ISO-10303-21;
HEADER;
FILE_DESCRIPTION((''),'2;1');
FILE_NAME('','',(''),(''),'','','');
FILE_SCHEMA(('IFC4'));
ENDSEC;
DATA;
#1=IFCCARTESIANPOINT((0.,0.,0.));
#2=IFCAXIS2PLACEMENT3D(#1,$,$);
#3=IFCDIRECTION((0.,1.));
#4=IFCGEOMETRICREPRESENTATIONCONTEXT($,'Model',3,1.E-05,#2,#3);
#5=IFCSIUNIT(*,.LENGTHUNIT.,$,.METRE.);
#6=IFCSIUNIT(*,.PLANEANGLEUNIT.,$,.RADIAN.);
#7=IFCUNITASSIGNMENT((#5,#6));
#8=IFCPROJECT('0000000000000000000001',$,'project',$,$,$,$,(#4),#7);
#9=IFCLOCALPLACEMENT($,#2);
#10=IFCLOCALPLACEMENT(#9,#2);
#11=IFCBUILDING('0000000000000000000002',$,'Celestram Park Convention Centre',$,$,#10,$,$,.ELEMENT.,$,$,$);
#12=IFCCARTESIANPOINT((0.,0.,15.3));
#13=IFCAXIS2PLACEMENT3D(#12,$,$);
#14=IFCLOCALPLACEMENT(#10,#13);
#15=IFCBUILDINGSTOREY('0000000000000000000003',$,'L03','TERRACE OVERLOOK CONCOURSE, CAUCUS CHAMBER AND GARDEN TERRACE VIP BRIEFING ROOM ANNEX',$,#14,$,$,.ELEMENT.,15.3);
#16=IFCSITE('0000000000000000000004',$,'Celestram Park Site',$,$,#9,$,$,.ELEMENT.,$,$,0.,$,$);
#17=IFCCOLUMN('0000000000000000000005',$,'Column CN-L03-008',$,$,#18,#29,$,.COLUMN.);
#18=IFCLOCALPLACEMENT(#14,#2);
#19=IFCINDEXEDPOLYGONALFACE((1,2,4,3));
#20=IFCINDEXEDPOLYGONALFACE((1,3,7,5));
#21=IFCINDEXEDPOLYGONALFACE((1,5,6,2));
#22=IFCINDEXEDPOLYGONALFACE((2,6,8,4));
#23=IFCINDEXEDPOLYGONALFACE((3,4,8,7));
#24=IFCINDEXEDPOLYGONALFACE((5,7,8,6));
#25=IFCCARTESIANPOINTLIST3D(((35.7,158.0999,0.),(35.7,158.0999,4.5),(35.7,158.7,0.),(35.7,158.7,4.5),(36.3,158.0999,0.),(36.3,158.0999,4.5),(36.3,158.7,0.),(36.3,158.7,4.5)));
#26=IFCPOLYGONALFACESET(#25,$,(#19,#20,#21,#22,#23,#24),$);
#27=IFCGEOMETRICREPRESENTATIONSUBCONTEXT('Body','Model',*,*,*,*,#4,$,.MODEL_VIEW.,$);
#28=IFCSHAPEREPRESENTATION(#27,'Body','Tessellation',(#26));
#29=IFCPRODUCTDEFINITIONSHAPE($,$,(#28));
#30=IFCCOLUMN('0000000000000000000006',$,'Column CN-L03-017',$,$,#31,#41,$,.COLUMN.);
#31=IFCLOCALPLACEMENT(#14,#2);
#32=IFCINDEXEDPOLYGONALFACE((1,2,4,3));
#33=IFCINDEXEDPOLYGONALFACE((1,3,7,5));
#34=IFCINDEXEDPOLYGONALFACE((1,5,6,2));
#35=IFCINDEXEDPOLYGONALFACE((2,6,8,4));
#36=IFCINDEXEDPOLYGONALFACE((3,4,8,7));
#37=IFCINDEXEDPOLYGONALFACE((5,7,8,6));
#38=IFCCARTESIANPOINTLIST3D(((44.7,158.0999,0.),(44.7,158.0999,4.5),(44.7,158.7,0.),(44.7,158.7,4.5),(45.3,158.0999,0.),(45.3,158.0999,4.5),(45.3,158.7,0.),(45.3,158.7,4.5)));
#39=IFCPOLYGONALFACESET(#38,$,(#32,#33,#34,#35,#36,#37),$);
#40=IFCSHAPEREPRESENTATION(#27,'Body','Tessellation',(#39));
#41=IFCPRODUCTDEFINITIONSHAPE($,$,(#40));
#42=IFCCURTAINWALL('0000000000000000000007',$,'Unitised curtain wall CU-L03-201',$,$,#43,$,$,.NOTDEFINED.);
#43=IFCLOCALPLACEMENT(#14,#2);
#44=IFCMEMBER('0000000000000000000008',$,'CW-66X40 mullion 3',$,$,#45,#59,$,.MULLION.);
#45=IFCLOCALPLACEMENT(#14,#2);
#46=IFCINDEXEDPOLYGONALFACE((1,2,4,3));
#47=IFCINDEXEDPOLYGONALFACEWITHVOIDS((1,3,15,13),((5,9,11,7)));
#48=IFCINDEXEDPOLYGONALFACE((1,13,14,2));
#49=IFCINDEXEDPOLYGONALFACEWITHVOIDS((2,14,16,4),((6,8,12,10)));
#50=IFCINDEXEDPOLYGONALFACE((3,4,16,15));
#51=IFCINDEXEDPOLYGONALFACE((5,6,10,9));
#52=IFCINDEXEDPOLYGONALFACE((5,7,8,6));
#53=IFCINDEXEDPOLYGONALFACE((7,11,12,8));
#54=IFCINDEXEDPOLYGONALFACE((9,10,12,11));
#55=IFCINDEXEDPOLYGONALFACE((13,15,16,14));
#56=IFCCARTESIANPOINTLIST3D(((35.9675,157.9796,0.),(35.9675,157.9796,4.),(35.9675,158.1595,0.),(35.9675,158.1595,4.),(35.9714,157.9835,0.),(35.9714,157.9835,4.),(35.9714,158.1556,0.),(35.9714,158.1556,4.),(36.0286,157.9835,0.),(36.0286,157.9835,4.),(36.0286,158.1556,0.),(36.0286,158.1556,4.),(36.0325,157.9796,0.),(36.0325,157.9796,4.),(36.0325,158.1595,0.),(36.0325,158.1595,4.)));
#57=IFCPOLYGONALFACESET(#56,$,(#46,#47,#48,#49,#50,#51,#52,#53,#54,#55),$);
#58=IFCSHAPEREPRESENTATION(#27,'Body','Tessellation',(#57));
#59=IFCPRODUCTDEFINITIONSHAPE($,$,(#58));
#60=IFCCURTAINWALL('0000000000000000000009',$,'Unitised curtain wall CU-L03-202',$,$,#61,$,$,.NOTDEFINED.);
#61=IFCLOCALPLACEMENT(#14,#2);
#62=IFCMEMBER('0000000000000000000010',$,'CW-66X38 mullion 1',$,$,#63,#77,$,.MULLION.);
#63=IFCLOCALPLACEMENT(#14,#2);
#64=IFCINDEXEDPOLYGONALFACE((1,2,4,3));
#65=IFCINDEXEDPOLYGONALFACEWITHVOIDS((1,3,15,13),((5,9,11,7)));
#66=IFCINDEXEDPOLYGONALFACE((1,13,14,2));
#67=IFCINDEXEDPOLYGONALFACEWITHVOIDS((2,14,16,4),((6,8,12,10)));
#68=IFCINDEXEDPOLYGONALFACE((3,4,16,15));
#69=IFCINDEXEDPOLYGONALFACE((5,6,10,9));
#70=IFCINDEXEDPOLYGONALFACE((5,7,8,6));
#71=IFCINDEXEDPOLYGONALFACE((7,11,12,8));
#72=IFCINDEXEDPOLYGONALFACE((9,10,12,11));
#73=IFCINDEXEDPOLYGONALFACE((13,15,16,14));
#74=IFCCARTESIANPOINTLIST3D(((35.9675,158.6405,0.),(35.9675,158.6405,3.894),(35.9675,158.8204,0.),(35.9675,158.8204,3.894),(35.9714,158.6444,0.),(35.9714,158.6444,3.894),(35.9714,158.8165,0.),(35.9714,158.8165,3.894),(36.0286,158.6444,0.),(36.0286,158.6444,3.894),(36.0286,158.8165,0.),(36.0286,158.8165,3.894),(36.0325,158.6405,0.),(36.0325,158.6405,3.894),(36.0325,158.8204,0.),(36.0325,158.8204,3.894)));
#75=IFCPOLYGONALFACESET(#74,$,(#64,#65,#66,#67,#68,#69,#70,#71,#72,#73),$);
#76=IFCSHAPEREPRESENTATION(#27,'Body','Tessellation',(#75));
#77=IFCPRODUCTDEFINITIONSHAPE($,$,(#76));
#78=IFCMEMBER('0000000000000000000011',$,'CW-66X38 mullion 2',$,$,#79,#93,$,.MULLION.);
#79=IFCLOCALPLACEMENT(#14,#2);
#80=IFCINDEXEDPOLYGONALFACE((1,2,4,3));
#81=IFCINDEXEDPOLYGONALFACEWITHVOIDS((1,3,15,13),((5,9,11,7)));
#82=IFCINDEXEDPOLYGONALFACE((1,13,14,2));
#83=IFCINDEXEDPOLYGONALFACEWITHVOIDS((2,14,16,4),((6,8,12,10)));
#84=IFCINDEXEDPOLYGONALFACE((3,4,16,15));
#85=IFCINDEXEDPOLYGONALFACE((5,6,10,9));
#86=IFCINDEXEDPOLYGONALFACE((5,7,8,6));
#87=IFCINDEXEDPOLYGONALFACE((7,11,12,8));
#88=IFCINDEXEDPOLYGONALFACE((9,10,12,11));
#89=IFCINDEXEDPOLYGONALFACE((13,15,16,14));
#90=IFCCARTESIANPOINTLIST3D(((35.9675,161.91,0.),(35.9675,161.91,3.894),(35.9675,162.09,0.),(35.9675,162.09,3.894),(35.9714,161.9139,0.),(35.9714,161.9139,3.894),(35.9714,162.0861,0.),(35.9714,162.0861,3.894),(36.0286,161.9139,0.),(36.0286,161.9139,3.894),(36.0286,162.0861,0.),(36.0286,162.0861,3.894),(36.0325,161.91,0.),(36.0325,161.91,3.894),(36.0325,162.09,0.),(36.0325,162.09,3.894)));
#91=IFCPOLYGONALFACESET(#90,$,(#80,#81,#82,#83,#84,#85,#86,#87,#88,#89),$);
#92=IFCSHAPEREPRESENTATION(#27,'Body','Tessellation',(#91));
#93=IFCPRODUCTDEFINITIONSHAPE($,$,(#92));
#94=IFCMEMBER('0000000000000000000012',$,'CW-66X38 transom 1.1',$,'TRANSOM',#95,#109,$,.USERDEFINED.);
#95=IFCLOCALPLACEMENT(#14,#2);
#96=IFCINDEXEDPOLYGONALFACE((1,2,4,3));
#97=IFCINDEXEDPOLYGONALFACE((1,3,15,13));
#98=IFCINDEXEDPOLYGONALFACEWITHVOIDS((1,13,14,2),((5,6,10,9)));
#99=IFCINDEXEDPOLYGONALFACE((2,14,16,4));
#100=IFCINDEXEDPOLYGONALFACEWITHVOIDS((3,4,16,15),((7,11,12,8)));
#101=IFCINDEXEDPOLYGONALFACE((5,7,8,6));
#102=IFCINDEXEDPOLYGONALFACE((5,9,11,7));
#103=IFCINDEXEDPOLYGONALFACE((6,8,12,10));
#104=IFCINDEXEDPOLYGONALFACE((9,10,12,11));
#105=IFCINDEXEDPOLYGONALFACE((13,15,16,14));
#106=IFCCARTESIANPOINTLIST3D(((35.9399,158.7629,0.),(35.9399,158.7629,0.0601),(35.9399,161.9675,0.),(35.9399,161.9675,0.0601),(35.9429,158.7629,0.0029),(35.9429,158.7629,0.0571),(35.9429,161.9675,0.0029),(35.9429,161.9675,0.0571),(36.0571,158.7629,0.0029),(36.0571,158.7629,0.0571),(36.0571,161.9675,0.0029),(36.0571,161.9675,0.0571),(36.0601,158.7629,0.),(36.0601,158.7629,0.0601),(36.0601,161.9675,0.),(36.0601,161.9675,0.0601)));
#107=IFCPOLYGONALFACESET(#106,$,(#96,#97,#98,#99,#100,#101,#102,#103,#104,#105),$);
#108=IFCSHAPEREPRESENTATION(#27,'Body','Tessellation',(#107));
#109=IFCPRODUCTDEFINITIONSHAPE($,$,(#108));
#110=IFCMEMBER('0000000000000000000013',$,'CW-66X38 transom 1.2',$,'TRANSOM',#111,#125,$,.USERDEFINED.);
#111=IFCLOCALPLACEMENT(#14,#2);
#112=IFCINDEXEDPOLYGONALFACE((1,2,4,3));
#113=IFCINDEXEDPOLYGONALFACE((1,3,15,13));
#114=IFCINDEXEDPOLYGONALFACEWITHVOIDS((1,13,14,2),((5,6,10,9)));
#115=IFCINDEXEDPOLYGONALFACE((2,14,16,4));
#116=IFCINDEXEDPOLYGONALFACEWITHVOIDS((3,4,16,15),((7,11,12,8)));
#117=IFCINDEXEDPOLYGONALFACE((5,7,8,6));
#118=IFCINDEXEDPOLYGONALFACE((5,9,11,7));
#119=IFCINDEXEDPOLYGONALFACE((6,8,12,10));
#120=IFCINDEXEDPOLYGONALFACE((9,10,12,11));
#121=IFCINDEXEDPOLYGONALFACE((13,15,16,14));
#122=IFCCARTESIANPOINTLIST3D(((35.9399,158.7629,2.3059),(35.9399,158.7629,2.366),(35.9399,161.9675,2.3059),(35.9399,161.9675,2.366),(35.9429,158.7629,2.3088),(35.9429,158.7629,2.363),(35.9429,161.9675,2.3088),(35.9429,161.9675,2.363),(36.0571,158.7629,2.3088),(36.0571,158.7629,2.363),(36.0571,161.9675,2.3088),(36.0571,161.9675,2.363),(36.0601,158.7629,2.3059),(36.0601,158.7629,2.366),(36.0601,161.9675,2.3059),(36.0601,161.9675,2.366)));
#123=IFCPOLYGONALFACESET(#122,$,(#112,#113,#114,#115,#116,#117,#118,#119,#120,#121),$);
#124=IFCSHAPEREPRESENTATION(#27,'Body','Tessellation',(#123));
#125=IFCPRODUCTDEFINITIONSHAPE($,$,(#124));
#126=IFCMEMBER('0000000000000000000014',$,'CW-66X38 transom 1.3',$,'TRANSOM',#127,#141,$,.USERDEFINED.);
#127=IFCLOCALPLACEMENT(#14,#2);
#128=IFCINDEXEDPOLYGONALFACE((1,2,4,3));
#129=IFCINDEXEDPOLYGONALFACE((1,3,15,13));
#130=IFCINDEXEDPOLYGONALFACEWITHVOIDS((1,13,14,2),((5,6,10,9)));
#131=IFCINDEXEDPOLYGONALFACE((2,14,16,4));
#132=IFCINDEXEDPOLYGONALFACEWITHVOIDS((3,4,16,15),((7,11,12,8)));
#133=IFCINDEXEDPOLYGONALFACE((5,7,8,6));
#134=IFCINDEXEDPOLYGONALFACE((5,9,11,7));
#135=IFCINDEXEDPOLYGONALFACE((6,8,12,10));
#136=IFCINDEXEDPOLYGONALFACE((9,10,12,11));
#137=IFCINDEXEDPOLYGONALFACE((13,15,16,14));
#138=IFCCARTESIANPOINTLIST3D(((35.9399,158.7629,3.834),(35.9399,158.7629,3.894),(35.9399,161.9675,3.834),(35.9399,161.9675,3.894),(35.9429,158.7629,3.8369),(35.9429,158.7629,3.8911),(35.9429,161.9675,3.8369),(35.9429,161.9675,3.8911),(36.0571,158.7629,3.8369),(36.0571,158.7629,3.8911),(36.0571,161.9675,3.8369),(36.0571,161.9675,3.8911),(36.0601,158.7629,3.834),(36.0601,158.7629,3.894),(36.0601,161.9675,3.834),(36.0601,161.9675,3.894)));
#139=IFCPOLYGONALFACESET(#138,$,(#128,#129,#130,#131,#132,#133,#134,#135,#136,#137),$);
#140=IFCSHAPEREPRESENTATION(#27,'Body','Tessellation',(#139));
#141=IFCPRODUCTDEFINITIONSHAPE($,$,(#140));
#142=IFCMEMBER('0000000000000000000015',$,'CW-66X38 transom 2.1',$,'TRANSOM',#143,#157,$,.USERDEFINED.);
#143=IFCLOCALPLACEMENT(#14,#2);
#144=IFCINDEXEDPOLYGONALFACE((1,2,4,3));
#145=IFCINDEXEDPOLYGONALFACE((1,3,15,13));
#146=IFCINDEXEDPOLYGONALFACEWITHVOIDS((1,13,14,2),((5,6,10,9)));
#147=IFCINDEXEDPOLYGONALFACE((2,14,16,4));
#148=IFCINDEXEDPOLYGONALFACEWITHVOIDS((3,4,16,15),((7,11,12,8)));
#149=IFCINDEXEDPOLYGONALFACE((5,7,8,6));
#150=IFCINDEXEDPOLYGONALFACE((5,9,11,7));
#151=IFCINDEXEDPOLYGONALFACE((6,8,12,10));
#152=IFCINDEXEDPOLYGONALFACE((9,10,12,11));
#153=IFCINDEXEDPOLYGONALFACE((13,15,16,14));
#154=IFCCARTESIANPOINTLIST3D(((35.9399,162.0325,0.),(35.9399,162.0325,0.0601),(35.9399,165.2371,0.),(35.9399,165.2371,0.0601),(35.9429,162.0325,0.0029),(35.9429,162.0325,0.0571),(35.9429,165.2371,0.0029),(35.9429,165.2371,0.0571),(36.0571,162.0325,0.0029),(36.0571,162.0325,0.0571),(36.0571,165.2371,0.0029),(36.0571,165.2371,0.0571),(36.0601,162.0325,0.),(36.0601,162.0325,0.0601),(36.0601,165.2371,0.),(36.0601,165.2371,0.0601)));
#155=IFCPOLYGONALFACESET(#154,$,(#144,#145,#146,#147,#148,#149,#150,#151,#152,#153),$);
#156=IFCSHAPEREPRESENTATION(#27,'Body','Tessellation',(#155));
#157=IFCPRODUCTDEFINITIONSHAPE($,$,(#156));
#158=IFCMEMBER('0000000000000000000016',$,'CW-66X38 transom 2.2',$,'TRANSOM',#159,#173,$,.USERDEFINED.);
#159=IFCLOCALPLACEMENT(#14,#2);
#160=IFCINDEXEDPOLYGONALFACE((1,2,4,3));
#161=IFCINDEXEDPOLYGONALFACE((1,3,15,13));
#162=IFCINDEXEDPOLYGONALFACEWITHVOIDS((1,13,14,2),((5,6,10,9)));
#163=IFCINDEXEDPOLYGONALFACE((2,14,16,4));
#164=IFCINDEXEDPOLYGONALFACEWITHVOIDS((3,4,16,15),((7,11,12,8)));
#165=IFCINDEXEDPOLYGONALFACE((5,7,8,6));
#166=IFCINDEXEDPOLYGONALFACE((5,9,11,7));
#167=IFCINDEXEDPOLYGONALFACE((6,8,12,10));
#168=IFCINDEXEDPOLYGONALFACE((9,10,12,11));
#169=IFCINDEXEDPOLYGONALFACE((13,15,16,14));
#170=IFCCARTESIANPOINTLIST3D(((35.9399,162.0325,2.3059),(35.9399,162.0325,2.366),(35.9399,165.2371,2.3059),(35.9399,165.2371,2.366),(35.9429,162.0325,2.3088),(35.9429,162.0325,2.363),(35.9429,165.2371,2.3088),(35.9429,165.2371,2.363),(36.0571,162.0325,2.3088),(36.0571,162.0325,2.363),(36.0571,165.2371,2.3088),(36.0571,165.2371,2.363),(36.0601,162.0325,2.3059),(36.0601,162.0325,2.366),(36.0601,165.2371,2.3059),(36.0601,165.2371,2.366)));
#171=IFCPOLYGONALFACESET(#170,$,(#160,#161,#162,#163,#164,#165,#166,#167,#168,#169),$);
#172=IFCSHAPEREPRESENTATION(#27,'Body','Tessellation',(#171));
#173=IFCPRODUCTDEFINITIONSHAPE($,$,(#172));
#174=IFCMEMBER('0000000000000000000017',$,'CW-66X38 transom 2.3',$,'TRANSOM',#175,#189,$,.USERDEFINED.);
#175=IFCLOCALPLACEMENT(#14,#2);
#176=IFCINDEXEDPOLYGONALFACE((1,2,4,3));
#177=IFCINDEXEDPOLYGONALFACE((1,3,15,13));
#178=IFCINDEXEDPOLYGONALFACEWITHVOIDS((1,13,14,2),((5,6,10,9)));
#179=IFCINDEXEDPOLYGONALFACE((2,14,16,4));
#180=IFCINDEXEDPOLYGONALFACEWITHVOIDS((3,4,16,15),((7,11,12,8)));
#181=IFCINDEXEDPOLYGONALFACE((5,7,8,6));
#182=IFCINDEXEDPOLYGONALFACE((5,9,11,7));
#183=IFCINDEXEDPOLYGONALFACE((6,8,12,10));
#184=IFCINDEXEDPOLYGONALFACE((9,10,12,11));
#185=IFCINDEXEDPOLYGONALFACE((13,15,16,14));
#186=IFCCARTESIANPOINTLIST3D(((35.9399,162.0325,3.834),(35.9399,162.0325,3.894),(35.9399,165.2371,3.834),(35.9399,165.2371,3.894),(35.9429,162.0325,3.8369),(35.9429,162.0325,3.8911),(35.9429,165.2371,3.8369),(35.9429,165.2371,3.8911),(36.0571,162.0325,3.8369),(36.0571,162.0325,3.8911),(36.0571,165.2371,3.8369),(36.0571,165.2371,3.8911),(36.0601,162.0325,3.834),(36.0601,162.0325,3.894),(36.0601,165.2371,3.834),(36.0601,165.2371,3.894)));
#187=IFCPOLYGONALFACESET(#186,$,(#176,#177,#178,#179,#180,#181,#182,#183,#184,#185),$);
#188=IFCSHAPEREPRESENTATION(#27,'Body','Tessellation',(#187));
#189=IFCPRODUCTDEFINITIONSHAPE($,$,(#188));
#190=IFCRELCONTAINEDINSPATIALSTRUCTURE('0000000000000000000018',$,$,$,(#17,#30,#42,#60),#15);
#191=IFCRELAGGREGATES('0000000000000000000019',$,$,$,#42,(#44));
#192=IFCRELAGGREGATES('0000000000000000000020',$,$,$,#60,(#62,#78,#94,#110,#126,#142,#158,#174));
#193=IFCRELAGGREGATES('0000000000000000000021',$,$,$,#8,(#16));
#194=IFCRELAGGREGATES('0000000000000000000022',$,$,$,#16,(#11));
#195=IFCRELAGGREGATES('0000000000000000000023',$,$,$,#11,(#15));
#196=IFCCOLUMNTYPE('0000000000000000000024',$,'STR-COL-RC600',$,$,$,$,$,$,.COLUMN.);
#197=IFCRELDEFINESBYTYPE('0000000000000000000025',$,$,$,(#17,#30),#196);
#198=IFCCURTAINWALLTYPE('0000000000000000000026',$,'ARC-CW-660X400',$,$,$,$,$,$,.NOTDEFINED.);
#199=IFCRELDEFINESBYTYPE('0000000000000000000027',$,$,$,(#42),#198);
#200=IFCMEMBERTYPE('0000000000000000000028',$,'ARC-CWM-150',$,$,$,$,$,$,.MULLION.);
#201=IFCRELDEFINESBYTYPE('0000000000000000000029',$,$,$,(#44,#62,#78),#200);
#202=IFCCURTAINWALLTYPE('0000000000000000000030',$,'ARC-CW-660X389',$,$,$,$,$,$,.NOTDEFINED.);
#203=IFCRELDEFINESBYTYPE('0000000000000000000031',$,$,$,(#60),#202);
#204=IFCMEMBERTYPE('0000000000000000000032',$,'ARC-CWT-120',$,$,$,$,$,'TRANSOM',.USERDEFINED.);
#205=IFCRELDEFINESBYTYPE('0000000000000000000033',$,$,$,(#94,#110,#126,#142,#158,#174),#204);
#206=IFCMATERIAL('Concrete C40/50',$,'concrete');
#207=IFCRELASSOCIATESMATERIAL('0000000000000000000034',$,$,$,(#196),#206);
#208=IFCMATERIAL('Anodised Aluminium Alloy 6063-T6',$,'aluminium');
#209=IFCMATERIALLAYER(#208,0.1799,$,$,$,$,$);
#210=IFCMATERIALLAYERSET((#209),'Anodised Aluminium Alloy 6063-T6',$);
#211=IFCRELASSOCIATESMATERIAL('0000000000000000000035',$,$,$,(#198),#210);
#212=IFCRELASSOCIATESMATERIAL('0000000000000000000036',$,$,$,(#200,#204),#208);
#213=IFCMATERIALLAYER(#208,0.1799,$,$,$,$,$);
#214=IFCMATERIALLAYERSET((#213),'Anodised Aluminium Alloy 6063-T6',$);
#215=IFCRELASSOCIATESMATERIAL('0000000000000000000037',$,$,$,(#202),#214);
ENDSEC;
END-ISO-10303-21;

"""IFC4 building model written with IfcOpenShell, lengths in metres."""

from ifc_helpers import new_model, si_unit, direction, frame, origin, origin_2d, place, context, subcontext, project, spatial, rectangle, hollow_rectangle, extrude, material, layer, layer_set, material_profile, profile_set, type_object, element, aggregate, save


model = new_model("IFC4")

# Units and contexts
model_context = context("Model", 3, precision=1e-05, world=origin(), true_north=direction((0.0, 1.0)))
body_context = subcontext(model_context, "Body", "Model", "MODEL_VIEW")
ifc_project = project(units=[si_unit("LENGTHUNIT", "METRE"), si_unit("PLANEANGLEUNIT", "RADIAN")], contexts=[model_context])

# Site, building, storey
site_placement = place(None, origin())
site = spatial("IfcSite", under=ifc_project, at=site_placement, Name="Celestram Park Site", CompositionType="ELEMENT", RefElevation=0.0)
building_placement = place(site_placement, origin())
building = spatial("IfcBuilding", under=site, at=building_placement, Name="Celestram Park Convention Centre", CompositionType="ELEMENT")
storey_placement = place(building_placement, frame((0.0, 0.0, 15.3)))
storey = spatial("IfcBuildingStorey", under=building, at=storey_placement, Name="L03", Description="TERRACE OVERLOOK CONCOURSE, CAUCUS CHAMBER AND GARDEN TERRACE VIP BRIEFING ROOM ANNEX", CompositionType="ELEMENT", Elevation=15.3)

# Columns
ifc_material_1 = material(Name="Concrete C40/50", Category="concrete")
ifc_material_profile_1 = material_profile(ifc_material_1, rectangle(XDim=0.6001, YDim=0.6001, at=origin_2d()), Name="RC600X600")
ifc_profile_set_1 = profile_set([ifc_material_profile_1], Name="Concrete C40/50")
column_type = type_object("IfcColumnType", Name="STR-COL-RC600", PredefinedType="COLUMN", material=ifc_profile_set_1)
for number, where, z_axis, x_axis, name in (
    (1, (36.0, 158.3999, 0.0), (0.0, 0.0, 1.0), (1.0, 0.0, 0.0), "Column CN-L03-008"),
    (2, (45.0, 158.3999, 0.0), (0.0, 0.0, 1.0), (1.0, 0.0, 0.0), "Column CN-L03-017"),
):
    element("IfcColumn", number, at=place(storey_placement, frame(where, z_axis=z_axis, x_axis=x_axis)), inside=storey, type_object=column_type, Name=name, PredefinedType="COLUMN", context=body_context, shape_type="SweptSolid", body=[
        extrude(rectangle(XDim=0.6001, YDim=0.6001, at=origin_2d()), origin(), (0.0, 0.0, 1.0), 4.5),
    ])

# Curtain wall, member
ifc_material_2 = material(Name="Anodised Aluminium Alloy 6063-T6", Category="aluminium")
ifc_layer_1 = layer(ifc_material_2, 0.1799)
ifc_layer_set_1 = layer_set([ifc_layer_1], Name="Anodised Aluminium Alloy 6063-T6")
curtain_wall_type_1 = type_object("IfcCurtainWallType", Name="ARC-CW-660X400", PredefinedType="NOTDEFINED", material=ifc_layer_set_1)
curtain_wall_1_placement = place(storey_placement, origin())
curtain_wall_1 = element("IfcCurtainWall", 3, at=curtain_wall_1_placement, inside=storey, type_object=curtain_wall_type_1, Name="Unitised curtain wall CU-L03-201", PredefinedType="NOTDEFINED")
ifc_material_profile_2 = material_profile(ifc_material_2, hollow_rectangle(XDim=0.0649, YDim=0.1799, WallThickness=0.0039, at=origin_2d()), Name="ALU65X180X4")
ifc_profile_set_2 = profile_set([ifc_material_profile_2], Name="Anodised Aluminium Alloy 6063-T6")
member_type_1 = type_object("IfcMemberType", Name="ARC-CWM-150", PredefinedType="MULLION", material=ifc_profile_set_2)
member_1_placement = place(storey_placement, frame((36.0, 158.0696, 0.0), z_axis=(0.0, 0.0, 1.0), x_axis=(-1.0, 0.0, 0.0)))
member_1 = element("IfcMember", 4, at=member_1_placement, type_object=member_type_1, Name="CW-66X40 mullion 3", PredefinedType="MULLION", context=body_context, shape_type="SweptSolid", body=[
    extrude(hollow_rectangle(XDim=0.0649, YDim=0.1799, WallThickness=0.0039, at=origin_2d()), origin(), (0.0, 0.0, 1.0), 4.0),
])

# Curtain wall, members
ifc_layer_2 = layer(ifc_material_2, 0.1799)
ifc_layer_set_2 = layer_set([ifc_layer_2], Name="Anodised Aluminium Alloy 6063-T6")
curtain_wall_type_2 = type_object("IfcCurtainWallType", Name="ARC-CW-660X389", PredefinedType="NOTDEFINED", material=ifc_layer_set_2)
curtain_wall_2_placement = place(storey_placement, origin())
curtain_wall_2 = element("IfcCurtainWall", 5, at=curtain_wall_2_placement, inside=storey, type_object=curtain_wall_type_2, Name="Unitised curtain wall CU-L03-202", PredefinedType="NOTDEFINED")
member_2_placement = place(storey_placement, frame((36.0, 158.7305, 0.0), z_axis=(0.0, 0.0, 1.0), x_axis=(-1.0, 0.0, 0.0)))
member_2 = element("IfcMember", 6, at=member_2_placement, type_object=member_type_1, Name="CW-66X38 mullion 1", PredefinedType="MULLION", context=body_context, shape_type="SweptSolid", body=[
    extrude(hollow_rectangle(XDim=0.0649, YDim=0.1799, WallThickness=0.0039, at=origin_2d()), origin(), (0.0, 0.0, 1.0), 3.894),
])
member_3_placement = place(storey_placement, frame((36.0, 162.0, 0.0), z_axis=(0.0, 0.0, 1.0), x_axis=(-1.0, 0.0, 0.0)))
member_3 = element("IfcMember", 7, at=member_3_placement, type_object=member_type_1, Name="CW-66X38 mullion 2", PredefinedType="MULLION", context=body_context, shape_type="SweptSolid", body=[
    extrude(hollow_rectangle(XDim=0.0649, YDim=0.1799, WallThickness=0.0039, at=origin_2d()), origin(), (0.0, 0.0, 1.0), 3.894),
])
ifc_material_profile_3 = material_profile(ifc_material_2, hollow_rectangle(XDim=0.1201, YDim=0.0601, WallThickness=0.0029, at=origin_2d()), Name="ALU120X60X3")
ifc_profile_set_3 = profile_set([ifc_material_profile_3], Name="Anodised Aluminium Alloy 6063-T6")
member_type_2 = type_object("IfcMemberType", Name="ARC-CWT-120", ElementType="TRANSOM", PredefinedType="USERDEFINED", material=ifc_profile_set_3)
member_4_placement = place(storey_placement, frame((36.0, 158.7629, 0.03), z_axis=(0.0, 1.0, 0.0), x_axis=(-1.0, 0.0, 0.0)))
member_4 = element("IfcMember", 8, at=member_4_placement, type_object=member_type_2, Name="CW-66X38 transom 1.1", ObjectType="TRANSOM", PredefinedType="USERDEFINED", context=body_context, shape_type="SweptSolid", body=[
    extrude(hollow_rectangle(XDim=0.1201, YDim=0.0601, WallThickness=0.0029, at=origin_2d()), origin(), (0.0, 0.0, 1.0), 3.2046),
])
member_5_placement = place(storey_placement, frame((36.0, 158.7629, 2.3359), z_axis=(0.0, 1.0, 0.0), x_axis=(-1.0, 0.0, 0.0)))
member_5 = element("IfcMember", 9, at=member_5_placement, type_object=member_type_2, Name="CW-66X38 transom 1.2", ObjectType="TRANSOM", PredefinedType="USERDEFINED", context=body_context, shape_type="SweptSolid", body=[
    extrude(hollow_rectangle(XDim=0.1201, YDim=0.0601, WallThickness=0.0029, at=origin_2d()), origin(), (0.0, 0.0, 1.0), 3.2046),
])
member_6_placement = place(storey_placement, frame((36.0, 158.7629, 3.864), z_axis=(0.0, 1.0, 0.0), x_axis=(-1.0, 0.0, 0.0)))
member_6 = element("IfcMember", 10, at=member_6_placement, type_object=member_type_2, Name="CW-66X38 transom 1.3", ObjectType="TRANSOM", PredefinedType="USERDEFINED", context=body_context, shape_type="SweptSolid", body=[
    extrude(hollow_rectangle(XDim=0.1201, YDim=0.0601, WallThickness=0.0029, at=origin_2d()), origin(), (0.0, 0.0, 1.0), 3.2046),
])
member_7_placement = place(storey_placement, frame((36.0, 162.0325, 0.03), z_axis=(0.0, 1.0, 0.0), x_axis=(-1.0, 0.0, 0.0)))
member_7 = element("IfcMember", 11, at=member_7_placement, type_object=member_type_2, Name="CW-66X38 transom 2.1", ObjectType="TRANSOM", PredefinedType="USERDEFINED", context=body_context, shape_type="SweptSolid", body=[
    extrude(hollow_rectangle(XDim=0.1201, YDim=0.0601, WallThickness=0.0029, at=origin_2d()), origin(), (0.0, 0.0, 1.0), 3.2046),
])
member_8_placement = place(storey_placement, frame((36.0, 162.0325, 2.3359), z_axis=(0.0, 1.0, 0.0), x_axis=(-1.0, 0.0, 0.0)))
member_8 = element("IfcMember", 12, at=member_8_placement, type_object=member_type_2, Name="CW-66X38 transom 2.2", ObjectType="TRANSOM", PredefinedType="USERDEFINED", context=body_context, shape_type="SweptSolid", body=[
    extrude(hollow_rectangle(XDim=0.1201, YDim=0.0601, WallThickness=0.0029, at=origin_2d()), origin(), (0.0, 0.0, 1.0), 3.2046),
])
member_9_placement = place(storey_placement, frame((36.0, 162.0325, 3.864), z_axis=(0.0, 1.0, 0.0), x_axis=(-1.0, 0.0, 0.0)))
member_9 = element("IfcMember", 13, at=member_9_placement, type_object=member_type_2, Name="CW-66X38 transom 2.3", ObjectType="TRANSOM", PredefinedType="USERDEFINED", context=body_context, shape_type="SweptSolid", body=[
    extrude(hollow_rectangle(XDim=0.1201, YDim=0.0601, WallThickness=0.0029, at=origin_2d()), origin(), (0.0, 0.0, 1.0), 3.2046),
])

aggregate(curtain_wall_1, [member_1])
aggregate(curtain_wall_2, [member_2, member_3, member_4, member_5, member_6, member_7, member_8, member_9])

save(model, "model.ifc")
